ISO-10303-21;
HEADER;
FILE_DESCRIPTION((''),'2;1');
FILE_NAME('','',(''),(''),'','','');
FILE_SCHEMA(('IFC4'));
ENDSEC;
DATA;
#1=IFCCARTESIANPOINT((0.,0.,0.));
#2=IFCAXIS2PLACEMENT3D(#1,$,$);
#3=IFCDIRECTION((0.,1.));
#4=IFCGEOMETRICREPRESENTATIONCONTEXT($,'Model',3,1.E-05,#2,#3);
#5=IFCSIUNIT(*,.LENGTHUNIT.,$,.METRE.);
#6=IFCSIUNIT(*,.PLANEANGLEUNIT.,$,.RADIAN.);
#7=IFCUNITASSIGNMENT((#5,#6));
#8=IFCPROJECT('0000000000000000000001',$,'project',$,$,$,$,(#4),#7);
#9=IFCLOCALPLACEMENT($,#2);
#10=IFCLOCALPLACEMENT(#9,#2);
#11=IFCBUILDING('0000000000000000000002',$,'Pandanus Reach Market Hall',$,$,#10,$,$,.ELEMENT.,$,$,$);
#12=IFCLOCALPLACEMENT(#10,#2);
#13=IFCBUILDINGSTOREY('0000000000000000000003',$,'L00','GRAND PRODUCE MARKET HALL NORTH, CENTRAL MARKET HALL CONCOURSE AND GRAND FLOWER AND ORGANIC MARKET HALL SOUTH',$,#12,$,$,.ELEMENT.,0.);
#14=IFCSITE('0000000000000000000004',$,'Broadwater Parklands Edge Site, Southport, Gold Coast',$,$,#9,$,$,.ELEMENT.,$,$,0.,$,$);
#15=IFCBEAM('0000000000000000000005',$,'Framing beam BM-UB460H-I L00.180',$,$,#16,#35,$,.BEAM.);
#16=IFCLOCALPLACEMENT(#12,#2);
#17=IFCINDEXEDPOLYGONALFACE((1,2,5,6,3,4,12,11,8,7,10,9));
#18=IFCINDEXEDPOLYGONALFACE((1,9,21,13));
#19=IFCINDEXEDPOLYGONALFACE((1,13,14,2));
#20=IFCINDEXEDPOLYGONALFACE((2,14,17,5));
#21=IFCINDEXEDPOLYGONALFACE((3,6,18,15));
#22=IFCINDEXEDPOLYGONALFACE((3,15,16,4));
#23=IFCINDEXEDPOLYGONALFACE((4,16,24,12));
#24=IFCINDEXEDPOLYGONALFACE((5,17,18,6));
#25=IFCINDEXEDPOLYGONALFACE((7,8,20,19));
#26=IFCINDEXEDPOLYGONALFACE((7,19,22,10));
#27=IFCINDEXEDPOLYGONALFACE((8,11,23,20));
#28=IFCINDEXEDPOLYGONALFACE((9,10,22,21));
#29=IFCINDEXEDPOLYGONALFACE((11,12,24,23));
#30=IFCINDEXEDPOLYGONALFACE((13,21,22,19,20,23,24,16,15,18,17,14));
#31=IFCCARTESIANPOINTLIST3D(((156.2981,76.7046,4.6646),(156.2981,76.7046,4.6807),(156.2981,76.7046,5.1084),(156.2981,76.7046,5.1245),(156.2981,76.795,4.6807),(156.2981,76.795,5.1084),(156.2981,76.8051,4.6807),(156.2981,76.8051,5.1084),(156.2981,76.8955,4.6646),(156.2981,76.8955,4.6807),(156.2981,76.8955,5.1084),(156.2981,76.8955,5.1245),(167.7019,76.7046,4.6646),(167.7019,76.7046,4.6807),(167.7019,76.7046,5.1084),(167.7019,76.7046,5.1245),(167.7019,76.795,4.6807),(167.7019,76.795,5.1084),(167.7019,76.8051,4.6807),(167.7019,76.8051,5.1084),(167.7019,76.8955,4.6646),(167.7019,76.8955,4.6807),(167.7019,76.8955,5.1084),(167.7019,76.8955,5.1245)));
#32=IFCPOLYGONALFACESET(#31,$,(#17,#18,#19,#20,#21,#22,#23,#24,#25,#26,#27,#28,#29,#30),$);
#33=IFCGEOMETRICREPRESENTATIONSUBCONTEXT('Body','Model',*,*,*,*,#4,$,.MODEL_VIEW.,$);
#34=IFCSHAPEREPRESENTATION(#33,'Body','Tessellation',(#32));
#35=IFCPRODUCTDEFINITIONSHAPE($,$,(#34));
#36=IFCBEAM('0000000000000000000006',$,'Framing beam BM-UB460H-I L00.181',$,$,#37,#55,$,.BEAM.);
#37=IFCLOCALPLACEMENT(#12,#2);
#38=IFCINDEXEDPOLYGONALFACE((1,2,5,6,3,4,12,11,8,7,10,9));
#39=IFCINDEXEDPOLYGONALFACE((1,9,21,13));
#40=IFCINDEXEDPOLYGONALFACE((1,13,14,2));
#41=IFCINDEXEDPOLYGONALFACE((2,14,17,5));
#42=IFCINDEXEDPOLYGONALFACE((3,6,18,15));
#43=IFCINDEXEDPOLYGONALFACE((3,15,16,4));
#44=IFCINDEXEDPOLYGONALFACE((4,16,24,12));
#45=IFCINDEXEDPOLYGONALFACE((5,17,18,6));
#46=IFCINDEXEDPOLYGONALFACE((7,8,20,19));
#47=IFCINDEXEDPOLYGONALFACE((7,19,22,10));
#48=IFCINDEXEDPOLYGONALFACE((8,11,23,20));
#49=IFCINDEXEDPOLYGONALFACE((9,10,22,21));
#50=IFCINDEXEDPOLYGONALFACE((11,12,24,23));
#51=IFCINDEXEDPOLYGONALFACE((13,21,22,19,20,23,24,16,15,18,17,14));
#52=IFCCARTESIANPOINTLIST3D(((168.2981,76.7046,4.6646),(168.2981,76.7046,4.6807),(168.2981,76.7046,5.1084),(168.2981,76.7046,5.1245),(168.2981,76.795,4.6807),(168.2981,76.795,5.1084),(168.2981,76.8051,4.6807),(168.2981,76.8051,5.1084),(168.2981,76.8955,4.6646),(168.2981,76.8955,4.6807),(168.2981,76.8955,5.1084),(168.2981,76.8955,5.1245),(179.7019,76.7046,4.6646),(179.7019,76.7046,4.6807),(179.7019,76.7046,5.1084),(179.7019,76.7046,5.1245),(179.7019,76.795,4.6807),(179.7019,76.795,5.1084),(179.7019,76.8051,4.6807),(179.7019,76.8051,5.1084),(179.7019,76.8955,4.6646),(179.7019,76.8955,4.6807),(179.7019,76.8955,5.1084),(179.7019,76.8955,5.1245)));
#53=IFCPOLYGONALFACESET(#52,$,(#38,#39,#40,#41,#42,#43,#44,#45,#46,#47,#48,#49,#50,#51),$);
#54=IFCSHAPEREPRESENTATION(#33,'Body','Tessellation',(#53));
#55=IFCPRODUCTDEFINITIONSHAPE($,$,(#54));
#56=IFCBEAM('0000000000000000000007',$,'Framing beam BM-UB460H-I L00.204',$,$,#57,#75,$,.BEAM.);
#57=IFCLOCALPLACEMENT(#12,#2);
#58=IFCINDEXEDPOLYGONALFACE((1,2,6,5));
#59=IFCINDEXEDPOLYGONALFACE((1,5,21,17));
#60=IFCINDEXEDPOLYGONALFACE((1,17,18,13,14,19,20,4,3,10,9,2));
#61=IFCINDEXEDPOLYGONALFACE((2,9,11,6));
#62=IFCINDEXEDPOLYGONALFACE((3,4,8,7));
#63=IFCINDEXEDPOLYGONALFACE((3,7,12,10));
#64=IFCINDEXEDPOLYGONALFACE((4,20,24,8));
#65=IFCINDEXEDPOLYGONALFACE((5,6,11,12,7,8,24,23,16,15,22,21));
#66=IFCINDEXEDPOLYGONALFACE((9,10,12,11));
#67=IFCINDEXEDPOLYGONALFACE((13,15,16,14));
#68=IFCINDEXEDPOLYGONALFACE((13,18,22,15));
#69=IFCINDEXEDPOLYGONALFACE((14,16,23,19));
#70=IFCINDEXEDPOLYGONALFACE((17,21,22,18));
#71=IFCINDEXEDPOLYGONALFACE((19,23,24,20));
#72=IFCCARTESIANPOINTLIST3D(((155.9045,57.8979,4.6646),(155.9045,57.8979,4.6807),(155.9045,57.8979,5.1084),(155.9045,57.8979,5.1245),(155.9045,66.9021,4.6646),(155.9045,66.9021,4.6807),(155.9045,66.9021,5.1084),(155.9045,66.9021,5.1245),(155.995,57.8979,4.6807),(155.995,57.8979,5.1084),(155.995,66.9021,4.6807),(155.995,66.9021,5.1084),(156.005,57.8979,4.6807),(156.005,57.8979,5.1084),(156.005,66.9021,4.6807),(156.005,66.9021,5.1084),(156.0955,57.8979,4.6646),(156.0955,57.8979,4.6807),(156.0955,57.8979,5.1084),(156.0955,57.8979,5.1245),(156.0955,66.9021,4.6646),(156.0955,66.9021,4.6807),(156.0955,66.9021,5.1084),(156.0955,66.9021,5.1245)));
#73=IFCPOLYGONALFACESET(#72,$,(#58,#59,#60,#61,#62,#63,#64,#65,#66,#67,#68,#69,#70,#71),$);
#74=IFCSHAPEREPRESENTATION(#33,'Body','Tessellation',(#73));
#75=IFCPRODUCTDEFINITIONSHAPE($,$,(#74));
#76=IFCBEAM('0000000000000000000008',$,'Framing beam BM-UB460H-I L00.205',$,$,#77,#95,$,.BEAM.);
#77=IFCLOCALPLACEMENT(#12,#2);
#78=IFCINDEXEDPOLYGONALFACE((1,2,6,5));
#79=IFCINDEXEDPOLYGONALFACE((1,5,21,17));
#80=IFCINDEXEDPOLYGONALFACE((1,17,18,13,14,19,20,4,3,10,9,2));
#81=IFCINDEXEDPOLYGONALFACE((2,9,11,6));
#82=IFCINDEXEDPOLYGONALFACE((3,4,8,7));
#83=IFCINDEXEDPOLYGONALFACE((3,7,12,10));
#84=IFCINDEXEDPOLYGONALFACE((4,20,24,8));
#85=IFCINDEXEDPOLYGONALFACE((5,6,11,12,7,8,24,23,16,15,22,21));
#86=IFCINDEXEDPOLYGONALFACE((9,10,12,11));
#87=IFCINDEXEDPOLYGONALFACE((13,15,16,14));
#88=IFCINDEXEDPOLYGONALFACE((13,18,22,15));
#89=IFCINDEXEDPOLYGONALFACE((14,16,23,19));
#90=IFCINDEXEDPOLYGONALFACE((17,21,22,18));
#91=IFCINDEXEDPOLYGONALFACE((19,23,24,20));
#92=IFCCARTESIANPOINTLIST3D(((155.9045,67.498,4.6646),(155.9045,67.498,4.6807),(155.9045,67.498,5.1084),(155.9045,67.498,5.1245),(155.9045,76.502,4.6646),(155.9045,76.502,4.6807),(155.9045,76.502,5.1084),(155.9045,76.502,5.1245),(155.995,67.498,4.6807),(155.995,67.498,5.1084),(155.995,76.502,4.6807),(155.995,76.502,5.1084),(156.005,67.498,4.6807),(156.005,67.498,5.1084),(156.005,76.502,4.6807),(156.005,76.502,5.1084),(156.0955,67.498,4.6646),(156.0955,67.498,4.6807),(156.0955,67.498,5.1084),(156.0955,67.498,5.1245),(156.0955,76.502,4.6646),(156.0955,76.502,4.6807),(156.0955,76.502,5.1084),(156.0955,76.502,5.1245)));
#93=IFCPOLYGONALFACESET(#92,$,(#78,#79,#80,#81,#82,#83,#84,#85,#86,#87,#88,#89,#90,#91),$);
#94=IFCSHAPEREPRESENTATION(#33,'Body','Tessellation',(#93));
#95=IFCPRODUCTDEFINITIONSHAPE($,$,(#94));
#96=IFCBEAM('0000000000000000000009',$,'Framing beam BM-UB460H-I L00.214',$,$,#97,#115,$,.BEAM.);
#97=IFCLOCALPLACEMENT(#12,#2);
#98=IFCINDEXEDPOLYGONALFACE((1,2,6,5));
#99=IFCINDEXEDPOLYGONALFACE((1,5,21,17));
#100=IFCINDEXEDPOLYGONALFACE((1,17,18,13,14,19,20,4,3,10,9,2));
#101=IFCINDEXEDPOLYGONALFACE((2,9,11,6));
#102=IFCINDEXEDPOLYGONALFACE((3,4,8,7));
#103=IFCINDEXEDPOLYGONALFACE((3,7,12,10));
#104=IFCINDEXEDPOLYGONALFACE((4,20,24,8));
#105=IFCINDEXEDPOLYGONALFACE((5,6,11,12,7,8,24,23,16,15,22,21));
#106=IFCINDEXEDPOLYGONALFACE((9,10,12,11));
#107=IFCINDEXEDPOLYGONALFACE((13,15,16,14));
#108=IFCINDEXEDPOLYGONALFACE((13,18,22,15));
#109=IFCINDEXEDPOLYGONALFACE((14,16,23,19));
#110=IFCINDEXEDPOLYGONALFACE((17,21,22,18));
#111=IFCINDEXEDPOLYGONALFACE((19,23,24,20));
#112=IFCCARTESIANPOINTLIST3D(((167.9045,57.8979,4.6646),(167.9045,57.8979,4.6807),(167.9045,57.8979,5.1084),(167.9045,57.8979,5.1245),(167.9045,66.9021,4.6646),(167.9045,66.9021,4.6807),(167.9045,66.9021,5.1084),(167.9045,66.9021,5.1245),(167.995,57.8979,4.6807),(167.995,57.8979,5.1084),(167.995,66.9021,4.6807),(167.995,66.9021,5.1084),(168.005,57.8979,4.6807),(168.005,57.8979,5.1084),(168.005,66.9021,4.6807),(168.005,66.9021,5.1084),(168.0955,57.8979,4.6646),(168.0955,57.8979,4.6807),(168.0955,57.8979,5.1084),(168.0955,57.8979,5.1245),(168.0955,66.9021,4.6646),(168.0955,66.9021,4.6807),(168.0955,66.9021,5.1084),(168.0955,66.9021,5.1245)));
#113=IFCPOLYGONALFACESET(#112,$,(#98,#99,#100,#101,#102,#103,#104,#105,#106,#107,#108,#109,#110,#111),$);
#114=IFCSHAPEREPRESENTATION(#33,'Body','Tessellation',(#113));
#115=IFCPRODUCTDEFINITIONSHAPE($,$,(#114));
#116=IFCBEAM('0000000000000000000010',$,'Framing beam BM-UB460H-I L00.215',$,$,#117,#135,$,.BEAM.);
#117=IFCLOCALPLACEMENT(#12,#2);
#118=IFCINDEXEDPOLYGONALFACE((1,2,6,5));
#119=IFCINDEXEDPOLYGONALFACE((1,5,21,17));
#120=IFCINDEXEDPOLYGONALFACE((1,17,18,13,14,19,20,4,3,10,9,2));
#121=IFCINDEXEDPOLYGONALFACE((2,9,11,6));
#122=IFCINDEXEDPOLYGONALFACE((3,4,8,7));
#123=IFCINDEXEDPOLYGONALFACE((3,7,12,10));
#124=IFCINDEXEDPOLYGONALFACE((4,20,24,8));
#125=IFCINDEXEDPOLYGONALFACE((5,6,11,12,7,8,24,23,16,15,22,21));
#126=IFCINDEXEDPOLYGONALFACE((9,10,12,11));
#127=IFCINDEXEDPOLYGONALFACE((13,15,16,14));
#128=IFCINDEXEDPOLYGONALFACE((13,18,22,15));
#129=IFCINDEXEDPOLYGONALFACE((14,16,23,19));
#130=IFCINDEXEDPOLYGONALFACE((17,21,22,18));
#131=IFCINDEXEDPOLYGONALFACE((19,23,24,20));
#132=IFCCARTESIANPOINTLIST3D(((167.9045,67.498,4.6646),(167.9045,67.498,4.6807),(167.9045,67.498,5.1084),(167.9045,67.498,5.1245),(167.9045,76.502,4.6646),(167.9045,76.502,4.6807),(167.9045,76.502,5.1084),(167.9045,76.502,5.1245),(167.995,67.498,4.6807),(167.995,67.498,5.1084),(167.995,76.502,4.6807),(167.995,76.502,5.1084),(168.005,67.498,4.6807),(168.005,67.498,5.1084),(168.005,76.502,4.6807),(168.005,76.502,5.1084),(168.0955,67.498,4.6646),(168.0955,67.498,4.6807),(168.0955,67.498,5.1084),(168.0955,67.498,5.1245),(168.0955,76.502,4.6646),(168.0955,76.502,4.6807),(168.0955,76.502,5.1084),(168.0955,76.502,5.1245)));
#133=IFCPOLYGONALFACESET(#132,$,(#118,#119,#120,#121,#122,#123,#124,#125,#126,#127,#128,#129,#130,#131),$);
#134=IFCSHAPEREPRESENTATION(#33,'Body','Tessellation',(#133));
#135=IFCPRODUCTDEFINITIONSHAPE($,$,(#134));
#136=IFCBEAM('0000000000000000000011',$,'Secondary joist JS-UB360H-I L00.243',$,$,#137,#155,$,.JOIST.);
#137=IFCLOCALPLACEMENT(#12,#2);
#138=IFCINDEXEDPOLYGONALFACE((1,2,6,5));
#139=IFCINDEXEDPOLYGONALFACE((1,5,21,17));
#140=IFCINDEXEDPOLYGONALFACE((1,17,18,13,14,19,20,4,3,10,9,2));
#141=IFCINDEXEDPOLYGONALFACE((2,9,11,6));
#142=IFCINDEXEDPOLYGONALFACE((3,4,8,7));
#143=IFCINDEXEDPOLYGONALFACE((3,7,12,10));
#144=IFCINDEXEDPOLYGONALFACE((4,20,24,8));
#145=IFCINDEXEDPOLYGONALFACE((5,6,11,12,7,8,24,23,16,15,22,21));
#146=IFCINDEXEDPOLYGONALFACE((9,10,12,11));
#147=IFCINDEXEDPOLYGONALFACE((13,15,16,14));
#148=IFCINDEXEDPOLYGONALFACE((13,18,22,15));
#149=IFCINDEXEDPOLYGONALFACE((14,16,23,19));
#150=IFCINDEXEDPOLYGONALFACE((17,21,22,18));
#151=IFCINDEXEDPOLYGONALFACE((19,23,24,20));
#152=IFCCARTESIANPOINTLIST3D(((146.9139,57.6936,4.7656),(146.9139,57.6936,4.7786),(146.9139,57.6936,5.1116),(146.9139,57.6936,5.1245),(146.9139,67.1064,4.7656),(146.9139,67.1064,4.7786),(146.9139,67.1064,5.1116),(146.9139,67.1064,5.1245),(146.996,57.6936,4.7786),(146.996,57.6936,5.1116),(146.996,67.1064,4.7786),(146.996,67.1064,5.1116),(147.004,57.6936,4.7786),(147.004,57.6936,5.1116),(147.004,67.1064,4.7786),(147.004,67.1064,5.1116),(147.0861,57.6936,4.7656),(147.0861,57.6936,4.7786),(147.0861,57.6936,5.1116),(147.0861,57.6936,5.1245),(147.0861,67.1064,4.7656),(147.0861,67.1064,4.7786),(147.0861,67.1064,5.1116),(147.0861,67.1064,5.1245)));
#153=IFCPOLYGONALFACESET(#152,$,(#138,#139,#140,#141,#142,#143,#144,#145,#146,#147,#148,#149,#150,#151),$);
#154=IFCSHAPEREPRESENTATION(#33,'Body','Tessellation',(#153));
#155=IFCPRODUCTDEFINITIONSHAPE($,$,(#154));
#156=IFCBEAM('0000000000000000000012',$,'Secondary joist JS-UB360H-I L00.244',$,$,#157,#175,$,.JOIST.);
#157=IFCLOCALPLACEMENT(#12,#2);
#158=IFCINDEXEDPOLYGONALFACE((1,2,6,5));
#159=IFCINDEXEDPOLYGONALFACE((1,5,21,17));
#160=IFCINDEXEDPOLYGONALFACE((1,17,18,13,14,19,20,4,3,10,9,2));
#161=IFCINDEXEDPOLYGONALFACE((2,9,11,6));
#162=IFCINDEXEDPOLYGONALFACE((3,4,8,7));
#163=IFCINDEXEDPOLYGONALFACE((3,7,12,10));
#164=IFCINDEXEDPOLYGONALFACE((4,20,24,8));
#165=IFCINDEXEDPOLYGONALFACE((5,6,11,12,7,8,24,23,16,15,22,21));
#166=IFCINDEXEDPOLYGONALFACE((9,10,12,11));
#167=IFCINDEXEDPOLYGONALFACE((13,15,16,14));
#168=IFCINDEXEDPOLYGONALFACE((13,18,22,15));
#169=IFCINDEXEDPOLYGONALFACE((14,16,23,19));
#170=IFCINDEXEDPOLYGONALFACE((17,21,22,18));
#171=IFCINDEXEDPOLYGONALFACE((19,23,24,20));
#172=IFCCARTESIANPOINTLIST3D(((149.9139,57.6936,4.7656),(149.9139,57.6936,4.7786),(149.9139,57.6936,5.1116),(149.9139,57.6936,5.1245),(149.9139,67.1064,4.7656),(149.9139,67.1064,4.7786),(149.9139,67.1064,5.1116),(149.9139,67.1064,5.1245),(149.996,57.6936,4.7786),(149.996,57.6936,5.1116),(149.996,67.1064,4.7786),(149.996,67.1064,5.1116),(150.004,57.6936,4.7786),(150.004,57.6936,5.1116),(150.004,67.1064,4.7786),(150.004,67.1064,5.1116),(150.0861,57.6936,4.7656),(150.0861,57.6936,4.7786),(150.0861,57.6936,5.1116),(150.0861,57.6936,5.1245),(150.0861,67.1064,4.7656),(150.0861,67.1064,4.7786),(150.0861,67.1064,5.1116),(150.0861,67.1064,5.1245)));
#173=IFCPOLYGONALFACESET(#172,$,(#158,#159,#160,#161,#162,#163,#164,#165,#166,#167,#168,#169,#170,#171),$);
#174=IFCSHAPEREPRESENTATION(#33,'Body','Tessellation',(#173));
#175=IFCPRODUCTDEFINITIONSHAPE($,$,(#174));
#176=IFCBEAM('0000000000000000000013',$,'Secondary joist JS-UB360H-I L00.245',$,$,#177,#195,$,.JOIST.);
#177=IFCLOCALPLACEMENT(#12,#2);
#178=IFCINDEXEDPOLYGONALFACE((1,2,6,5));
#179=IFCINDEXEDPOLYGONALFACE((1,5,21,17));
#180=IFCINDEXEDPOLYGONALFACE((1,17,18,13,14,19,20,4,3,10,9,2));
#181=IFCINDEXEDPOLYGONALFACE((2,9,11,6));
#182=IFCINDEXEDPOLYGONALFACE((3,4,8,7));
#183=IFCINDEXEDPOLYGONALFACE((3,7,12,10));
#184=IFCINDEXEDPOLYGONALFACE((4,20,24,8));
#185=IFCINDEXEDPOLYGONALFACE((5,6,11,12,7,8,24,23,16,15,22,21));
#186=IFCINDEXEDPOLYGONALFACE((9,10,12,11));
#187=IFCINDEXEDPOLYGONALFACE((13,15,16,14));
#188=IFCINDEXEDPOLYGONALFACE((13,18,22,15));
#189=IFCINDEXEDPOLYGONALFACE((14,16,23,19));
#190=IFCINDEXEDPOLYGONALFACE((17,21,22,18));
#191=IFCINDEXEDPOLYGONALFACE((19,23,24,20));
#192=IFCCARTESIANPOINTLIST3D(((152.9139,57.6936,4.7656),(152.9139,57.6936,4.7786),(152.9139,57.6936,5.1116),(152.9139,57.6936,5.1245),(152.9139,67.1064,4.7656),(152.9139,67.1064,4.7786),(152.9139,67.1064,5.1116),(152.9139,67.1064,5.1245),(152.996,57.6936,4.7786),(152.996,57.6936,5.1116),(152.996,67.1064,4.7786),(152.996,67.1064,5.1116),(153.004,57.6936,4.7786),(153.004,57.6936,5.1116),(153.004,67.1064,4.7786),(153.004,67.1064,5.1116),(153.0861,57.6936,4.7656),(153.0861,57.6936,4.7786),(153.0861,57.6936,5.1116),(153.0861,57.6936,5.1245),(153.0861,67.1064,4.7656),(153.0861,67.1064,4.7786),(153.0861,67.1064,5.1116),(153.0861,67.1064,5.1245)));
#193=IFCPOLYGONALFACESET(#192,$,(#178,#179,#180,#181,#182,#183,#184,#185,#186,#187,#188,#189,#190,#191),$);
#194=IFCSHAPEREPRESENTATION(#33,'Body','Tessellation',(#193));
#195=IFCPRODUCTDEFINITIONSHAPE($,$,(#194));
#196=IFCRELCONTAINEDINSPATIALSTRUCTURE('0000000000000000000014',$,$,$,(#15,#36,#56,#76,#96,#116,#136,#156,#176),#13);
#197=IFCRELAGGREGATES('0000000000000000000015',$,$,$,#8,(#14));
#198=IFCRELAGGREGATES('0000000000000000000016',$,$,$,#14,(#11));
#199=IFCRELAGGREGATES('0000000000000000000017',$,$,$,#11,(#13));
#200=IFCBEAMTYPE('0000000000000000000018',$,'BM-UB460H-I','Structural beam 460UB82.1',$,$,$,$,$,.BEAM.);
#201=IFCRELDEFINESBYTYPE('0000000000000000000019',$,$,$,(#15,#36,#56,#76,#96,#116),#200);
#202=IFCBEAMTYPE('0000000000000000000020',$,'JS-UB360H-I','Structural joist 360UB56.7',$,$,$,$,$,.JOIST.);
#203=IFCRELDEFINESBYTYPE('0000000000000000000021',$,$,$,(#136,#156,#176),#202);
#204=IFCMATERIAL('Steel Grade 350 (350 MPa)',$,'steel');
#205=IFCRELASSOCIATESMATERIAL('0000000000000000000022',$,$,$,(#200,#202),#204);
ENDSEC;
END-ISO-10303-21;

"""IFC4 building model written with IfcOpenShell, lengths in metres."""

from ifc_helpers import new_model, si_unit, direction, frame, origin, origin_2d, place, context, subcontext, project, spatial, i_section, extrude, material, material_profile, profile_set, type_object, element, save


model = new_model("IFC4")

# Units and contexts
model_context = context("Model", 3, precision=1e-05, world=origin(), true_north=direction((0.0, 1.0)))
body_context = subcontext(model_context, "Body", "Model", "MODEL_VIEW")
ifc_project = project(units=[si_unit("LENGTHUNIT", "METRE"), si_unit("PLANEANGLEUNIT", "RADIAN")], contexts=[model_context])

# Site, building, storey
site_placement = place(None, origin())
site = spatial("IfcSite", under=ifc_project, at=site_placement, Name="Broadwater Parklands Edge Site, Southport, Gold Coast", CompositionType="ELEMENT", RefElevation=0.0)
building_placement = place(site_placement, origin())
building = spatial("IfcBuilding", under=site, at=building_placement, Name="Pandanus Reach Market Hall", CompositionType="ELEMENT")
storey_placement = place(building_placement, origin())
storey = spatial("IfcBuildingStorey", under=building, at=storey_placement, Name="L00", Description="GRAND PRODUCE MARKET HALL NORTH, CENTRAL MARKET HALL CONCOURSE AND GRAND FLOWER AND ORGANIC MARKET HALL SOUTH", CompositionType="ELEMENT", Elevation=0.0)

# Beams
ifc_material_1 = material(Name="Steel Grade 350 (350 MPa)", Category="steel")
ifc_material_profile_1 = material_profile(ifc_material_1, i_section(OverallWidth=0.1909, OverallDepth=0.46, WebThickness=0.01, FlangeThickness=0.0161, at=origin_2d()), Name="460UB82.1", Category="LoadBearing")
ifc_profile_set_1 = profile_set([ifc_material_profile_1], Name="Steel Grade 350 (350 MPa)")
beam_type_1 = type_object("IfcBeamType", Name="BM-UB460H-I", Description="Structural beam 460UB82.1", PredefinedType="BEAM", material=ifc_profile_set_1)
for number, where, z_axis, x_axis, name in (
    (1, (156.2981, 76.8, 4.8945), (1.0, 0.0, 0.0), (0.0, 1.0, 0.0), "Framing beam BM-UB460H-I L00.180"),
    (2, (168.2981, 76.8, 4.8945), (1.0, 0.0, 0.0), (0.0, 1.0, 0.0), "Framing beam BM-UB460H-I L00.181"),
):
    element("IfcBeam", number, at=place(storey_placement, frame(where, z_axis=z_axis, x_axis=x_axis)), inside=storey, type_object=beam_type_1, Name=name, PredefinedType="BEAM", context=body_context, shape_type="SweptSolid", body=[
        extrude(i_section(OverallWidth=0.1909, OverallDepth=0.46, WebThickness=0.01, FlangeThickness=0.0161, at=origin_2d()), origin(), (0.0, 0.0, 1.0), 11.4038),
    ])
beam_1_placement = place(storey_placement, frame((156.0, 57.8979, 4.8945), z_axis=(0.0, 1.0, 0.0), x_axis=(-1.0, 0.0, 0.0)))
element("IfcBeam", 3, at=beam_1_placement, inside=storey, type_object=beam_type_1, Name="Framing beam BM-UB460H-I L00.204", PredefinedType="BEAM", context=body_context, shape_type="SweptSolid", body=[
    extrude(i_section(OverallWidth=0.1909, OverallDepth=0.46, WebThickness=0.01, FlangeThickness=0.0161, at=origin_2d()), origin(), (0.0, 0.0, 1.0), 9.0042),
])
beam_2_placement = place(storey_placement, frame((156.0, 67.498, 4.8945), z_axis=(0.0, 1.0, 0.0), x_axis=(-1.0, 0.0, 0.0)))
element("IfcBeam", 4, at=beam_2_placement, inside=storey, type_object=beam_type_1, Name="Framing beam BM-UB460H-I L00.205", PredefinedType="BEAM", context=body_context, shape_type="SweptSolid", body=[
    extrude(i_section(OverallWidth=0.1909, OverallDepth=0.46, WebThickness=0.01, FlangeThickness=0.0161, at=origin_2d()), origin(), (0.0, 0.0, 1.0), 9.0039),
])
beam_3_placement = place(storey_placement, frame((168.0, 57.8979, 4.8945), z_axis=(0.0, 1.0, 0.0), x_axis=(-1.0, 0.0, 0.0)))
element("IfcBeam", 5, at=beam_3_placement, inside=storey, type_object=beam_type_1, Name="Framing beam BM-UB460H-I L00.214", PredefinedType="BEAM", context=body_context, shape_type="SweptSolid", body=[
    extrude(i_section(OverallWidth=0.1909, OverallDepth=0.46, WebThickness=0.01, FlangeThickness=0.0161, at=origin_2d()), origin(), (0.0, 0.0, 1.0), 9.0042),
])
beam_4_placement = place(storey_placement, frame((168.0, 67.498, 4.8945), z_axis=(0.0, 1.0, 0.0), x_axis=(-1.0, 0.0, 0.0)))
element("IfcBeam", 6, at=beam_4_placement, inside=storey, type_object=beam_type_1, Name="Framing beam BM-UB460H-I L00.215", PredefinedType="BEAM", context=body_context, shape_type="SweptSolid", body=[
    extrude(i_section(OverallWidth=0.1909, OverallDepth=0.46, WebThickness=0.01, FlangeThickness=0.0161, at=origin_2d()), origin(), (0.0, 0.0, 1.0), 9.0039),
])
ifc_material_profile_2 = material_profile(ifc_material_1, i_section(OverallWidth=0.1721, OverallDepth=0.3589, WebThickness=0.0081, FlangeThickness=0.0129, at=origin_2d()), Name="360UB56.7", Category="LoadBearing")
ifc_profile_set_2 = profile_set([ifc_material_profile_2], Name="Steel Grade 350 (350 MPa)")
beam_type_2 = type_object("IfcBeamType", Name="JS-UB360H-I", Description="Structural joist 360UB56.7", PredefinedType="JOIST", material=ifc_profile_set_2)
for number, where, z_axis, x_axis, name in (
    (7, (147.0, 57.6936, 4.9451), (0.0, 1.0, 0.0), (-1.0, 0.0, 0.0), "Secondary joist JS-UB360H-I L00.243"),
    (8, (150.0, 57.6936, 4.9451), (0.0, 1.0, 0.0), (-1.0, 0.0, 0.0), "Secondary joist JS-UB360H-I L00.244"),
    (9, (153.0, 57.6936, 4.9451), (0.0, 1.0, 0.0), (-1.0, 0.0, 0.0), "Secondary joist JS-UB360H-I L00.245"),
):
    element("IfcBeam", number, at=place(storey_placement, frame(where, z_axis=z_axis, x_axis=x_axis)), inside=storey, type_object=beam_type_2, Name=name, PredefinedType="JOIST", context=body_context, shape_type="SweptSolid", body=[
        extrude(i_section(OverallWidth=0.1721, OverallDepth=0.3589, WebThickness=0.0081, FlangeThickness=0.0129, at=origin_2d()), origin(), (0.0, 0.0, 1.0), 9.4128),
    ])

save(model, "model.ifc")
